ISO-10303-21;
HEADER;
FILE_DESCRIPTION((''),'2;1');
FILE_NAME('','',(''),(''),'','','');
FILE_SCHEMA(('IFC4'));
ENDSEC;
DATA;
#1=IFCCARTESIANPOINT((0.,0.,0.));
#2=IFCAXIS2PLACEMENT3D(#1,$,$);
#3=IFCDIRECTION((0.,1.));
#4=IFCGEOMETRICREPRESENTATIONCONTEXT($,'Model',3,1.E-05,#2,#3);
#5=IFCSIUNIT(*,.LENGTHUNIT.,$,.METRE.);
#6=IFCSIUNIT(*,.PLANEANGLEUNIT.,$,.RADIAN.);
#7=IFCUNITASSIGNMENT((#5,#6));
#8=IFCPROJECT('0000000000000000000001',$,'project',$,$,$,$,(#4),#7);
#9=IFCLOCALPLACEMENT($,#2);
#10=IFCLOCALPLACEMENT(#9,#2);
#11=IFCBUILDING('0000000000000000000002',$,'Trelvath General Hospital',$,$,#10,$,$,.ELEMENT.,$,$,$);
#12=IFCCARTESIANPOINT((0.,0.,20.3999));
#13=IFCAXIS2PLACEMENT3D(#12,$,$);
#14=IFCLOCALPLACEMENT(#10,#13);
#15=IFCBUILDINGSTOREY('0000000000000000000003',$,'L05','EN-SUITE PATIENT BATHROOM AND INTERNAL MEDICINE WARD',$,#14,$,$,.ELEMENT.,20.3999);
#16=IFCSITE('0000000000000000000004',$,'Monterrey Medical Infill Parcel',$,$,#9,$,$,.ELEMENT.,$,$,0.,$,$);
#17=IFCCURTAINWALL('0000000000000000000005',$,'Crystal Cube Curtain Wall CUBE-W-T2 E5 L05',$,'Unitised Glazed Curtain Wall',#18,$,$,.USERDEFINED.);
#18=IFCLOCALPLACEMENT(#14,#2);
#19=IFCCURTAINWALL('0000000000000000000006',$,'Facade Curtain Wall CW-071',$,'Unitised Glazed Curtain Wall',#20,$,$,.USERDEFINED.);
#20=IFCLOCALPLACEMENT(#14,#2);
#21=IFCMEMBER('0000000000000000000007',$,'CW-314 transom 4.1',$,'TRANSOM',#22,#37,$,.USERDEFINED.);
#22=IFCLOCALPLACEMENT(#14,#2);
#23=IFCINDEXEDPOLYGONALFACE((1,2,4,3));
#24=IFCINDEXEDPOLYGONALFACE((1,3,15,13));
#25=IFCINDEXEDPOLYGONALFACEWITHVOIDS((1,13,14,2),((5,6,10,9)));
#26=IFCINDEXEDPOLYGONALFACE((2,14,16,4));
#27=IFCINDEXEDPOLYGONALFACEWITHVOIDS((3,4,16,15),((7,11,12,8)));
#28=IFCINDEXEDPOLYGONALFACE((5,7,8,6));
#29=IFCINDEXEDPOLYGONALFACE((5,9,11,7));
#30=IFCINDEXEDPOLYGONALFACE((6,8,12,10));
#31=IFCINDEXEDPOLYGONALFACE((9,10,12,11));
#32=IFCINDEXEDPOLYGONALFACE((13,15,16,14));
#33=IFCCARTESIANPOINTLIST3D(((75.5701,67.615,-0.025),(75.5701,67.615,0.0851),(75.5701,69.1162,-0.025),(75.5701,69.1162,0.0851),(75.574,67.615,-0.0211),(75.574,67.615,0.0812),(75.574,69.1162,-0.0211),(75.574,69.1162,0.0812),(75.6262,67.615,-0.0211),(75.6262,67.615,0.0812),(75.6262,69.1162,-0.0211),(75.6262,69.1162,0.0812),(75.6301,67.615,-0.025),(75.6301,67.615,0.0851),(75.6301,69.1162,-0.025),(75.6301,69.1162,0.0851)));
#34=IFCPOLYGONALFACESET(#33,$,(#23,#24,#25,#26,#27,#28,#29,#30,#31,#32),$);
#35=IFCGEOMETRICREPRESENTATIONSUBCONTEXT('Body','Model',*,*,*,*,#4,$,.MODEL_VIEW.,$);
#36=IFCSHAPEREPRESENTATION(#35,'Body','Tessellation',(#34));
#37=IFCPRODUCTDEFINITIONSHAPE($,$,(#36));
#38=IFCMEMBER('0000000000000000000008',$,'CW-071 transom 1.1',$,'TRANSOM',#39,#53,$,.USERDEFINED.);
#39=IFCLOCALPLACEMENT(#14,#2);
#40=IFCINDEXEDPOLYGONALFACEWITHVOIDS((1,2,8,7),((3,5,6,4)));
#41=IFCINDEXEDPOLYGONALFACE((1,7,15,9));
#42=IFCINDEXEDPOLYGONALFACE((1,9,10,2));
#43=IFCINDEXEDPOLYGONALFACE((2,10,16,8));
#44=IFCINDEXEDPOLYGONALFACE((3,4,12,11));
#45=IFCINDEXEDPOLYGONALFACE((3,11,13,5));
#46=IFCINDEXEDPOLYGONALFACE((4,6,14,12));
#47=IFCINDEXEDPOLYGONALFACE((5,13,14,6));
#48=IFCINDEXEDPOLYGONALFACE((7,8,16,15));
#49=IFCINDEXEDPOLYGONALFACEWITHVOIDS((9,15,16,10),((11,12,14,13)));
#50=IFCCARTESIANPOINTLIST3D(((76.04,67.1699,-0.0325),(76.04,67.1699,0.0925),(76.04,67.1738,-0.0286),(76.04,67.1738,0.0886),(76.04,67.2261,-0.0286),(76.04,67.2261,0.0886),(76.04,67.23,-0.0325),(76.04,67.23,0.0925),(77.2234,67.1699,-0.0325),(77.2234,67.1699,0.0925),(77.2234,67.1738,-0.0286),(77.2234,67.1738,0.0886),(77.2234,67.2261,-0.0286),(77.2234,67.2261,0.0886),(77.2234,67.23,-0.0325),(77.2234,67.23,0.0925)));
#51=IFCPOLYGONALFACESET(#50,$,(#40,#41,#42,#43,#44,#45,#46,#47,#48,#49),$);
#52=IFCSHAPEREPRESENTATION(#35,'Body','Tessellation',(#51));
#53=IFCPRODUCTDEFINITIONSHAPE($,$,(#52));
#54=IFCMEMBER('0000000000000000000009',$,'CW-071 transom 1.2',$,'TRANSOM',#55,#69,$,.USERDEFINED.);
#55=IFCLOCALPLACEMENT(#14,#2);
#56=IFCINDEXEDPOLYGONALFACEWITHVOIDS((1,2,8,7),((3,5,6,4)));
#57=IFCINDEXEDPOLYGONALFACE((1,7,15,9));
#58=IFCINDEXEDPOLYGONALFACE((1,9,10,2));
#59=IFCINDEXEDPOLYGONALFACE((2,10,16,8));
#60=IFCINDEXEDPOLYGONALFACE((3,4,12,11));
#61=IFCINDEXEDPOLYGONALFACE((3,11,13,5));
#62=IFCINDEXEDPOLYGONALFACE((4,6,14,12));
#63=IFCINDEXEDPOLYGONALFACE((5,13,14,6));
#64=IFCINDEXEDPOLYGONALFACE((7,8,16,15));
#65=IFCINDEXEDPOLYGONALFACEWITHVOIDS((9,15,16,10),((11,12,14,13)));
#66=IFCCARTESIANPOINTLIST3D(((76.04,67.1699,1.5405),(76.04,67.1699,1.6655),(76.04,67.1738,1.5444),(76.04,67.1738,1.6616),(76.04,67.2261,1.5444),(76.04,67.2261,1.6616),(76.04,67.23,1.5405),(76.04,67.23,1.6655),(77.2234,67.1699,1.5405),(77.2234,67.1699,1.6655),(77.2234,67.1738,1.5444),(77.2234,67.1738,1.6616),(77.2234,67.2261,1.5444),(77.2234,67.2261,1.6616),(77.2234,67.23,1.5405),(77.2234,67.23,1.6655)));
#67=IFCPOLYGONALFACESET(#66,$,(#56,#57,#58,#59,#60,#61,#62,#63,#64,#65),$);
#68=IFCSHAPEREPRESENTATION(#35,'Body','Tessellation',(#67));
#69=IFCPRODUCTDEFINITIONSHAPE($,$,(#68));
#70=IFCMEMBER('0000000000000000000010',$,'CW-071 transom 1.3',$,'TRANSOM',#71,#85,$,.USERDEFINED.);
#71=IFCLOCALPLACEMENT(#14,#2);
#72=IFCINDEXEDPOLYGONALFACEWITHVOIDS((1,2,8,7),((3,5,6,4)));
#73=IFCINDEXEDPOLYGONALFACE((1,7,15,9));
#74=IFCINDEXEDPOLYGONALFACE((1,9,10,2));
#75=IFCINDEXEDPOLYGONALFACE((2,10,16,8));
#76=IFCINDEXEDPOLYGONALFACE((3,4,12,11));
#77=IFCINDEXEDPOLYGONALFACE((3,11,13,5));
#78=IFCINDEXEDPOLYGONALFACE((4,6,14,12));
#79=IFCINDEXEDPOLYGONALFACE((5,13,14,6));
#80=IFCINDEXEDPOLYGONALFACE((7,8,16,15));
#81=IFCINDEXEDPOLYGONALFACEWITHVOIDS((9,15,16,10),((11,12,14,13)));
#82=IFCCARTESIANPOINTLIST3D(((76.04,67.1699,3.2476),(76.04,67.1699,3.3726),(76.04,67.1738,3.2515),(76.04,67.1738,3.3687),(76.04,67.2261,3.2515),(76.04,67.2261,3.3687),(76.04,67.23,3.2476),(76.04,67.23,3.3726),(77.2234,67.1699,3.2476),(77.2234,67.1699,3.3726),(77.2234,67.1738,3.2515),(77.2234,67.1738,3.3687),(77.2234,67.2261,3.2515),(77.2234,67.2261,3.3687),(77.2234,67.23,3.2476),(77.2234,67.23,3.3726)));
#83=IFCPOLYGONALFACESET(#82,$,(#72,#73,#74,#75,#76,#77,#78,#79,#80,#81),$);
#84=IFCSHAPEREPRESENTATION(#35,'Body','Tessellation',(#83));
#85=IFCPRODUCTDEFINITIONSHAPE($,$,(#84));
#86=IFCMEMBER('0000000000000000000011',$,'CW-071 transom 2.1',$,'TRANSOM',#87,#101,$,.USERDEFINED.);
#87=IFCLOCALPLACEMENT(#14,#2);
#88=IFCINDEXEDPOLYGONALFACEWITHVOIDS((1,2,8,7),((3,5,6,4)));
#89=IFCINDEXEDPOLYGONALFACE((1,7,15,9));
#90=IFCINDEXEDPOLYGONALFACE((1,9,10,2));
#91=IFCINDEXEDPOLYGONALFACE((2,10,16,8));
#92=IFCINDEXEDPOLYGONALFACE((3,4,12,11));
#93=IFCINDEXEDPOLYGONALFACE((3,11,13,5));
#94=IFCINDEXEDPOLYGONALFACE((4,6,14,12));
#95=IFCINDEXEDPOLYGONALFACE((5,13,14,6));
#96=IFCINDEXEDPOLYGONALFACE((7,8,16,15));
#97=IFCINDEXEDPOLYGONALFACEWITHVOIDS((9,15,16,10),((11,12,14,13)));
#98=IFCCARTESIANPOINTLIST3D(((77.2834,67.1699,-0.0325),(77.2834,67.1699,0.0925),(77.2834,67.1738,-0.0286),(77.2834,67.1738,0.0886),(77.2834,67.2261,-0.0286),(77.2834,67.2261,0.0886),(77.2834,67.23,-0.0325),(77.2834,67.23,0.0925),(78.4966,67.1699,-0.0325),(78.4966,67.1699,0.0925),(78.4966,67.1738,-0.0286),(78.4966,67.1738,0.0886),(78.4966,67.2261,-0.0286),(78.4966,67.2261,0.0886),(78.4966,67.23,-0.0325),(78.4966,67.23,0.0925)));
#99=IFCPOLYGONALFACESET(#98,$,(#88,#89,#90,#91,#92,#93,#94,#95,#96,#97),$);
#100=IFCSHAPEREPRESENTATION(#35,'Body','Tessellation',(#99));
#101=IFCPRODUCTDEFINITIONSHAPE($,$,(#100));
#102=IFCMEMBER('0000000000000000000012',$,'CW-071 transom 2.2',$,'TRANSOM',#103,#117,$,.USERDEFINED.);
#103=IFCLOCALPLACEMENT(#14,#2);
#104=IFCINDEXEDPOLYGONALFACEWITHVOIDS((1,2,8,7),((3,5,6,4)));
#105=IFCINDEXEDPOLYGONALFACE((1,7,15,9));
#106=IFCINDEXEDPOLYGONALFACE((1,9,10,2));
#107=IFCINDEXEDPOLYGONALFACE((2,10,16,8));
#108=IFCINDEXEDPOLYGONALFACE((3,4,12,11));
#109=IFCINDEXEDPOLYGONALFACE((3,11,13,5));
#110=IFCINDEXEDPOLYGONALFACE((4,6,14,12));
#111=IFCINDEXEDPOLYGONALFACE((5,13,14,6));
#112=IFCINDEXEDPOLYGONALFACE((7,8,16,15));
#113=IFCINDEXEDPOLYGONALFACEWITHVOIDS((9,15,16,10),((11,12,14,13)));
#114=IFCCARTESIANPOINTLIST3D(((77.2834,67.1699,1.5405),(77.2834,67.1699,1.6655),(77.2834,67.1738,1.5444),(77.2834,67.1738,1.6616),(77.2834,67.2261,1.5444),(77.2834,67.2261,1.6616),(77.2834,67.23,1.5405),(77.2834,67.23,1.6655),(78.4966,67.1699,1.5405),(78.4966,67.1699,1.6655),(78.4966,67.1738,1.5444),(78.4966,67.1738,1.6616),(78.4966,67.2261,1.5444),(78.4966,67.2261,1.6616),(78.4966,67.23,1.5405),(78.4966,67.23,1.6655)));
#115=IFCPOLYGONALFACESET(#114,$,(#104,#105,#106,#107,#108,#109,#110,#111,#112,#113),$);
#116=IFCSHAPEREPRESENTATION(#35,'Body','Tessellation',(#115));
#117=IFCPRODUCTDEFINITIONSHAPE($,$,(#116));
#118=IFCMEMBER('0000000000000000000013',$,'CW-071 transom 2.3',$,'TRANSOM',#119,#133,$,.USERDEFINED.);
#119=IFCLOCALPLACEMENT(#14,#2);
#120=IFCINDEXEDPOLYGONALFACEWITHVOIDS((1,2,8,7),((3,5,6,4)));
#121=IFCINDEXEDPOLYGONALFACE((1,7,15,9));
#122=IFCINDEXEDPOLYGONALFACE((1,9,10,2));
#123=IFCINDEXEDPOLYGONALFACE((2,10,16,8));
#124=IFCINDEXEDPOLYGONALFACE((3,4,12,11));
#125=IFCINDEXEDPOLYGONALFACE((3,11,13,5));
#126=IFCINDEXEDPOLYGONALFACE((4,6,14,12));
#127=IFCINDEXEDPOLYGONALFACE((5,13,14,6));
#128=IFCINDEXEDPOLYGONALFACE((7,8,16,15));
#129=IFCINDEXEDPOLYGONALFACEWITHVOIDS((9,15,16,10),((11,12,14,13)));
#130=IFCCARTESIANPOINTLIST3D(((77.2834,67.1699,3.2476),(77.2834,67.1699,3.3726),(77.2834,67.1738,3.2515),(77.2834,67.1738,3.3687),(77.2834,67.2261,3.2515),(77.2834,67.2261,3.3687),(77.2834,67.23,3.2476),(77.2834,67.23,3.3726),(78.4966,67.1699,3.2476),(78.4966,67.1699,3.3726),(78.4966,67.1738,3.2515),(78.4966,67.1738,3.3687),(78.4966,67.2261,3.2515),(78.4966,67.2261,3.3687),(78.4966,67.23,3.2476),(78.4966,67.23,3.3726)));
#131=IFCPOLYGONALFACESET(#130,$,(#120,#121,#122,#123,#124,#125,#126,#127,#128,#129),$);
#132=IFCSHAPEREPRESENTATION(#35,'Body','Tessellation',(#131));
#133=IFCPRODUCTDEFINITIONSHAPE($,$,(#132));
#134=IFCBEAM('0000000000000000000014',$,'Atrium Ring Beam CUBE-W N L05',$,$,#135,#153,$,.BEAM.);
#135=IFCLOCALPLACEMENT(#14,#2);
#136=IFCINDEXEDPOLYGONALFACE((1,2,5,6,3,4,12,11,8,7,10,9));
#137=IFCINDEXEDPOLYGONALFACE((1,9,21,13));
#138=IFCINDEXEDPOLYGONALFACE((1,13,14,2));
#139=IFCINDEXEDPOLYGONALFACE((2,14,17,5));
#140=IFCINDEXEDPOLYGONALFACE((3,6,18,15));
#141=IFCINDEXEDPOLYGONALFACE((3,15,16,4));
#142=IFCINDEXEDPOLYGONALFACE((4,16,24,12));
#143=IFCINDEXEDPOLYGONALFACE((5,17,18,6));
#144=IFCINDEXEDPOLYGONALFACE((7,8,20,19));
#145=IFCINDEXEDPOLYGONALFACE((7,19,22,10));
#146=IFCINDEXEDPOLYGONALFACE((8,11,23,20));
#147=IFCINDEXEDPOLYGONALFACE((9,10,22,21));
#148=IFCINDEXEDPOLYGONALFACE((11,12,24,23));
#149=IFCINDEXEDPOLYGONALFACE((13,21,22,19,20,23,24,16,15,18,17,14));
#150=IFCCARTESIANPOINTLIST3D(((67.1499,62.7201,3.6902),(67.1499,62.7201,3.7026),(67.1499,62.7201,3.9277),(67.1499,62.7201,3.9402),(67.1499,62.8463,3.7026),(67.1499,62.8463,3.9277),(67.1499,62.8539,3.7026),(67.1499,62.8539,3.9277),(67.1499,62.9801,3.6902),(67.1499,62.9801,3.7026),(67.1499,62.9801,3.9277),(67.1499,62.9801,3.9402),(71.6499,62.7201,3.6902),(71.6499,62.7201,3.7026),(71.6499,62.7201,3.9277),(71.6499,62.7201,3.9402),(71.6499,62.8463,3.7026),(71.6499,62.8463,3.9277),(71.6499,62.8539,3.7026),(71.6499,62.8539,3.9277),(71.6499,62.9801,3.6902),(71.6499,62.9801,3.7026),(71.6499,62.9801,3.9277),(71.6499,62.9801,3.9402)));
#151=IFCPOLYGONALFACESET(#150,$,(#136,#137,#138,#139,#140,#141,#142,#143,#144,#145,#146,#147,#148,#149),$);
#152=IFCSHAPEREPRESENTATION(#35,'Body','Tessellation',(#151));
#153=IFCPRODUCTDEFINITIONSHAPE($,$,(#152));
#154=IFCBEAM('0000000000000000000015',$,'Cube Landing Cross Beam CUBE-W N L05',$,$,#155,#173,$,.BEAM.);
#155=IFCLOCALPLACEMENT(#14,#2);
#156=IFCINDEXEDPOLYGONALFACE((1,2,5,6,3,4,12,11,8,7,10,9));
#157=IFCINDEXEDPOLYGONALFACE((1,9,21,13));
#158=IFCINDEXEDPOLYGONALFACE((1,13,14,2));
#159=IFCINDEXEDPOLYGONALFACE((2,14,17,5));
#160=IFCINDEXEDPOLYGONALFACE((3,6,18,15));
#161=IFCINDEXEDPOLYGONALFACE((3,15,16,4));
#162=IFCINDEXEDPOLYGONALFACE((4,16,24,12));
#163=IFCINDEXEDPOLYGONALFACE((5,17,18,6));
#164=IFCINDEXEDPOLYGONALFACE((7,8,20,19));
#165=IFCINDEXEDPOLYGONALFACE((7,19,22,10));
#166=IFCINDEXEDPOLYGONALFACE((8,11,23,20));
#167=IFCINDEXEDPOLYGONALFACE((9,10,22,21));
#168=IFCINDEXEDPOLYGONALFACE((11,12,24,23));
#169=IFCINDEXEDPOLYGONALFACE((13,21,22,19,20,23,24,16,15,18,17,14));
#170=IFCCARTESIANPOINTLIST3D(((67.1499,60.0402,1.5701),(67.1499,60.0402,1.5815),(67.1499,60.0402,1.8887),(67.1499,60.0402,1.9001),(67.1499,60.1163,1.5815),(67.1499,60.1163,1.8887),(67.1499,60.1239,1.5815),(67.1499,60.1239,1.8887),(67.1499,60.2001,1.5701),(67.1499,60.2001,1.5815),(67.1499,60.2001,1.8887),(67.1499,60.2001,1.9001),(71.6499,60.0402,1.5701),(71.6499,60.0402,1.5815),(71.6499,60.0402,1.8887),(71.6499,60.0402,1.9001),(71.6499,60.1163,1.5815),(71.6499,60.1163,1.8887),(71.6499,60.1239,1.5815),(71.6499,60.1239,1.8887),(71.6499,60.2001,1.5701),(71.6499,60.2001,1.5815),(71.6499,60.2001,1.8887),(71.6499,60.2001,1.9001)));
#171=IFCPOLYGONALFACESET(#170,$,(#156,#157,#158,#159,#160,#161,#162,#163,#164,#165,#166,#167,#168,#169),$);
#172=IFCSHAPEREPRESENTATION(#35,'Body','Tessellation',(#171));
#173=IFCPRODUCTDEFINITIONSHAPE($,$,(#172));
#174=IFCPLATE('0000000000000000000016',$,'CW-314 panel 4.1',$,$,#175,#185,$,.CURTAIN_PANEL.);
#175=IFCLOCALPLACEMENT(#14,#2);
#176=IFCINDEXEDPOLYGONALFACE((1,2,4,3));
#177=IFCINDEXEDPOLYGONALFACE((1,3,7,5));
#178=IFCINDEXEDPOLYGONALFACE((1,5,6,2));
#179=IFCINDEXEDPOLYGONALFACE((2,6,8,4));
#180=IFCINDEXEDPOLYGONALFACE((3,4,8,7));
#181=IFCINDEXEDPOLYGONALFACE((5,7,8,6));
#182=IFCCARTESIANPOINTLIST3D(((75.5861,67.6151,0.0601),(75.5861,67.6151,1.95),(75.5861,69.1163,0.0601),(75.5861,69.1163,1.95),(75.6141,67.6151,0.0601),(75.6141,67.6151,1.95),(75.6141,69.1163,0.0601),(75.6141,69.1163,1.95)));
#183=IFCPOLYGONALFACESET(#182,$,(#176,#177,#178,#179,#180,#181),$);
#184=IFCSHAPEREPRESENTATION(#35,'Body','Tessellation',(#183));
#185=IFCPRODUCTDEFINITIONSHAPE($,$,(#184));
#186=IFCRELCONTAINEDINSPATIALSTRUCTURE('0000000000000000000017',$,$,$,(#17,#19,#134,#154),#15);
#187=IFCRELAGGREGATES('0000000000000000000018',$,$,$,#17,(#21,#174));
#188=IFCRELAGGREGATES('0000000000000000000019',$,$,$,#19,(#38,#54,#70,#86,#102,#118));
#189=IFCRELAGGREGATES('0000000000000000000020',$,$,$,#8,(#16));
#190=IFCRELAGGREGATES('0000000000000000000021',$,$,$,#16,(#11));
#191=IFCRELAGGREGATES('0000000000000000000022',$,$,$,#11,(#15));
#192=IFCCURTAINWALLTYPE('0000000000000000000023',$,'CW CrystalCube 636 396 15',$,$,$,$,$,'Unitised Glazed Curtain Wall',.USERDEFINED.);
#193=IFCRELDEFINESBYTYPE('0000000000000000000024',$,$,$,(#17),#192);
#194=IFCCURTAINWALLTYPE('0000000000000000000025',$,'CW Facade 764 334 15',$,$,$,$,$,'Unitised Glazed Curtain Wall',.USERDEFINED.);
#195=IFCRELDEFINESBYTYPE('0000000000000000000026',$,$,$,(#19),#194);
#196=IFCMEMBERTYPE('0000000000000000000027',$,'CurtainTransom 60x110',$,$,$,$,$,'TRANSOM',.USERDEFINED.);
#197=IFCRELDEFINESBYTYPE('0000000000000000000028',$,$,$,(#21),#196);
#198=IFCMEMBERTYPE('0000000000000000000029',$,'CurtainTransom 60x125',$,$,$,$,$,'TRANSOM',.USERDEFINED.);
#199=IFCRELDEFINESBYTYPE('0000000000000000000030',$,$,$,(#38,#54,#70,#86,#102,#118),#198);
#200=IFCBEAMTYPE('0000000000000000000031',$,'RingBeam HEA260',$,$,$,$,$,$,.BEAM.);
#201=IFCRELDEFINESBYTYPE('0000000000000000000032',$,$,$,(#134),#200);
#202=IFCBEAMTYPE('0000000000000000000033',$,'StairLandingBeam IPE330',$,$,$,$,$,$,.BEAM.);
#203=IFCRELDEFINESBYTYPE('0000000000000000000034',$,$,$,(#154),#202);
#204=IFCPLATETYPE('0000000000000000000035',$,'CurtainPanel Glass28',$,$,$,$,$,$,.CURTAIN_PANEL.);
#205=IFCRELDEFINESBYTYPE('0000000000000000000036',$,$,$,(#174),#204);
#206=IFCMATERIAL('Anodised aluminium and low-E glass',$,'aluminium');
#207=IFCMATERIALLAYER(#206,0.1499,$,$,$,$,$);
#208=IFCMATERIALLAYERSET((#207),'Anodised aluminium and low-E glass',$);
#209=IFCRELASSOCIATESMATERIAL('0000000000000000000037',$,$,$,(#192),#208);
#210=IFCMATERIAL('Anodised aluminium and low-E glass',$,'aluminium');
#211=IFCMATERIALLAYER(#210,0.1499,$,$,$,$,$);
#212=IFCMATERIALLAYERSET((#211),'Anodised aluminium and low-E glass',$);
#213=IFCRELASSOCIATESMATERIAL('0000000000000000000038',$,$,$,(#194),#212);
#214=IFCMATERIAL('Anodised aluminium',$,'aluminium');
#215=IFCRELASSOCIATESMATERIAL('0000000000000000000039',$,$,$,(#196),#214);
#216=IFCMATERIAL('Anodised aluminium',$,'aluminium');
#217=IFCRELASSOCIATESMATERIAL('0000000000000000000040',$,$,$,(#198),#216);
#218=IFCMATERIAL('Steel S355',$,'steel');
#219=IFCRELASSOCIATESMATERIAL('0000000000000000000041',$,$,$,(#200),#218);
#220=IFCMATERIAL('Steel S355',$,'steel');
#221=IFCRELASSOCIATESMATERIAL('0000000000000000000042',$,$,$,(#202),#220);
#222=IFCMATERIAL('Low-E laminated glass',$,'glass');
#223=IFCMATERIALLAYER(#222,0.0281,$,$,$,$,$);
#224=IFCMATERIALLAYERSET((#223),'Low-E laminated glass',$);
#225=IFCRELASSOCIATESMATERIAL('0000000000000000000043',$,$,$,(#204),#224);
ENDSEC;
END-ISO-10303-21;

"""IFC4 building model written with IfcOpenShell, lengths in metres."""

from ifc_helpers import new_model, si_unit, direction, frame, origin, origin_2d, place, context, subcontext, project, spatial, rectangle, hollow_rectangle, i_section, extrude, material, layer, layer_set, material_profile, profile_set, type_object, element, aggregate, save


model = new_model("IFC4")

# Units and contexts
model_context = context("Model", 3, precision=1e-05, world=origin(), true_north=direction((0.0, 1.0)))
body_context = subcontext(model_context, "Body", "Model", "MODEL_VIEW")
ifc_project = project(units=[si_unit("LENGTHUNIT", "METRE"), si_unit("PLANEANGLEUNIT", "RADIAN")], contexts=[model_context])

# Site, building, storey
site_placement = place(None, origin())
site = spatial("IfcSite", under=ifc_project, at=site_placement, Name="Monterrey Medical Infill Parcel", CompositionType="ELEMENT", RefElevation=0.0)
building_placement = place(site_placement, origin())
building = spatial("IfcBuilding", under=site, at=building_placement, Name="Trelvath General Hospital", CompositionType="ELEMENT")
storey_placement = place(building_placement, frame((0.0, 0.0, 20.3999)))
storey = spatial("IfcBuildingStorey", under=building, at=storey_placement, Name="L05", Description="EN-SUITE PATIENT BATHROOM AND INTERNAL MEDICINE WARD", CompositionType="ELEMENT", Elevation=20.3999)

# Curtain wall
ifc_material_1 = material(Name="Anodised aluminium and low-E glass", Category="aluminium")
ifc_layer_1 = layer(ifc_material_1, 0.1499)
ifc_layer_set_1 = layer_set([ifc_layer_1], Name="Anodised aluminium and low-E glass")
curtain_wall_type_1 = type_object("IfcCurtainWallType", Name="CW CrystalCube 636 396 15", ElementType="Unitised Glazed Curtain Wall", PredefinedType="USERDEFINED", material=ifc_layer_set_1)
curtain_wall_1_placement = place(storey_placement, origin())
curtain_wall_1 = element("IfcCurtainWall", 1, at=curtain_wall_1_placement, inside=storey, type_object=curtain_wall_type_1, Name="Crystal Cube Curtain Wall CUBE-W-T2 E5 L05", ObjectType="Unitised Glazed Curtain Wall", PredefinedType="USERDEFINED")

# Curtain wall
ifc_material_2 = material(Name="Anodised aluminium and low-E glass", Category="aluminium")
ifc_layer_2 = layer(ifc_material_2, 0.1499)
ifc_layer_set_2 = layer_set([ifc_layer_2], Name="Anodised aluminium and low-E glass")
curtain_wall_type_2 = type_object("IfcCurtainWallType", Name="CW Facade 764 334 15", ElementType="Unitised Glazed Curtain Wall", PredefinedType="USERDEFINED", material=ifc_layer_set_2)
curtain_wall_2_placement = place(storey_placement, origin())
curtain_wall_2 = element("IfcCurtainWall", 2, at=curtain_wall_2_placement, inside=storey, type_object=curtain_wall_type_2, Name="Facade Curtain Wall CW-071", ObjectType="Unitised Glazed Curtain Wall", PredefinedType="USERDEFINED")

# Members
ifc_material_3 = material(Name="Anodised aluminium", Category="aluminium")
ifc_material_profile_1 = material_profile(ifc_material_3, hollow_rectangle(XDim=0.0601, YDim=0.1101, WallThickness=0.0039, at=origin_2d()), Name="RHS60x110x4")
ifc_profile_set_1 = profile_set([ifc_material_profile_1], Name="Anodised aluminium")
member_type_1 = type_object("IfcMemberType", Name="CurtainTransom 60x110", ElementType="TRANSOM", PredefinedType="USERDEFINED", material=ifc_profile_set_1)
member_1_placement = place(storey_placement, frame((75.6001, 69.1162, 0.03), z_axis=(0.0, -1.0, 0.0), x_axis=(1.0, 0.0, 0.0)))
member_1 = element("IfcMember", 3, at=member_1_placement, type_object=member_type_1, Name="CW-314 transom 4.1", ObjectType="TRANSOM", PredefinedType="USERDEFINED", context=body_context, shape_type="SweptSolid", body=[
    extrude(hollow_rectangle(XDim=0.0601, YDim=0.1101, WallThickness=0.0039, at=origin_2d()), origin(), (0.0, 0.0, 1.0), 1.5012),
])
ifc_material_4 = material(Name="Anodised aluminium", Category="aluminium")
ifc_material_profile_2 = material_profile(ifc_material_4, hollow_rectangle(XDim=0.0601, YDim=0.125, WallThickness=0.0039, at=origin_2d()), Name="RHS60x125x4")
ifc_profile_set_2 = profile_set([ifc_material_profile_2], Name="Anodised aluminium")
member_type_2 = type_object("IfcMemberType", Name="CurtainTransom 60x125", ElementType="TRANSOM", PredefinedType="USERDEFINED", material=ifc_profile_set_2)
member_2_placement = place(storey_placement, frame((76.04, 67.2, 0.03), z_axis=(1.0, 0.0, 0.0), x_axis=(0.0, 1.0, 0.0)))
member_2 = element("IfcMember", 4, at=member_2_placement, type_object=member_type_2, Name="CW-071 transom 1.1", ObjectType="TRANSOM", PredefinedType="USERDEFINED", context=body_context, shape_type="SweptSolid", body=[
    extrude(hollow_rectangle(XDim=0.0601, YDim=0.125, WallThickness=0.0039, at=origin_2d()), origin(), (0.0, 0.0, 1.0), 1.1833),
])
member_3_placement = place(storey_placement, frame((76.04, 67.2, 1.603), z_axis=(1.0, 0.0, 0.0), x_axis=(0.0, 1.0, 0.0)))
member_3 = element("IfcMember", 5, at=member_3_placement, type_object=member_type_2, Name="CW-071 transom 1.2", ObjectType="TRANSOM", PredefinedType="USERDEFINED", context=body_context, shape_type="SweptSolid", body=[
    extrude(hollow_rectangle(XDim=0.0601, YDim=0.125, WallThickness=0.0039, at=origin_2d()), origin(), (0.0, 0.0, 1.0), 1.1833),
])
member_4_placement = place(storey_placement, frame((76.04, 67.2, 3.3101), z_axis=(1.0, 0.0, 0.0), x_axis=(0.0, 1.0, 0.0)))
member_4 = element("IfcMember", 6, at=member_4_placement, type_object=member_type_2, Name="CW-071 transom 1.3", ObjectType="TRANSOM", PredefinedType="USERDEFINED", context=body_context, shape_type="SweptSolid", body=[
    extrude(hollow_rectangle(XDim=0.0601, YDim=0.125, WallThickness=0.0039, at=origin_2d()), origin(), (0.0, 0.0, 1.0), 1.1833),
])
member_5_placement = place(storey_placement, frame((77.2834, 67.2, 0.03), z_axis=(1.0, 0.0, 0.0), x_axis=(0.0, 1.0, 0.0)))
member_5 = element("IfcMember", 7, at=member_5_placement, type_object=member_type_2, Name="CW-071 transom 2.1", ObjectType="TRANSOM", PredefinedType="USERDEFINED", context=body_context, shape_type="SweptSolid", body=[
    extrude(hollow_rectangle(XDim=0.0601, YDim=0.125, WallThickness=0.0039, at=origin_2d()), origin(), (0.0, 0.0, 1.0), 1.2131),
])
member_6_placement = place(storey_placement, frame((77.2834, 67.2, 1.603), z_axis=(1.0, 0.0, 0.0), x_axis=(0.0, 1.0, 0.0)))
member_6 = element("IfcMember", 8, at=member_6_placement, type_object=member_type_2, Name="CW-071 transom 2.2", ObjectType="TRANSOM", PredefinedType="USERDEFINED", context=body_context, shape_type="SweptSolid", body=[
    extrude(hollow_rectangle(XDim=0.0601, YDim=0.125, WallThickness=0.0039, at=origin_2d()), origin(), (0.0, 0.0, 1.0), 1.2131),
])
member_7_placement = place(storey_placement, frame((77.2834, 67.2, 3.3101), z_axis=(1.0, 0.0, 0.0), x_axis=(0.0, 1.0, 0.0)))
member_7 = element("IfcMember", 9, at=member_7_placement, type_object=member_type_2, Name="CW-071 transom 2.3", ObjectType="TRANSOM", PredefinedType="USERDEFINED", context=body_context, shape_type="SweptSolid", body=[
    extrude(hollow_rectangle(XDim=0.0601, YDim=0.125, WallThickness=0.0039, at=origin_2d()), origin(), (0.0, 0.0, 1.0), 1.2131),
])

# Beams
ifc_material_5 = material(Name="Steel S355", Category="steel")
ifc_material_profile_3 = material_profile(ifc_material_5, i_section(OverallWidth=0.26, OverallDepth=0.25, WebThickness=0.0076, FlangeThickness=0.0125, at=origin_2d()), Name="HEA260")
ifc_profile_set_3 = profile_set([ifc_material_profile_3], Name="Steel S355")
beam_type_1 = type_object("IfcBeamType", Name="RingBeam HEA260", PredefinedType="BEAM", material=ifc_profile_set_3)
beam_1_placement = place(storey_placement, frame((67.1499, 62.8501, 3.8152), z_axis=(1.0, 0.0, 0.0), x_axis=(0.0, 1.0, 0.0)))
element("IfcBeam", 10, at=beam_1_placement, inside=storey, type_object=beam_type_1, Name="Atrium Ring Beam CUBE-W N L05", PredefinedType="BEAM", context=body_context, shape_type="SweptSolid", body=[
    extrude(i_section(OverallWidth=0.26, OverallDepth=0.25, WebThickness=0.0076, FlangeThickness=0.0125, at=origin_2d()), origin(), (0.0, 0.0, 1.0), 4.5),
])
ifc_material_6 = material(Name="Steel S355", Category="steel")
ifc_material_profile_4 = material_profile(ifc_material_6, i_section(OverallWidth=0.1599, OverallDepth=0.3301, WebThickness=0.0076, FlangeThickness=0.0115, at=origin_2d()), Name="IPE330")
ifc_profile_set_4 = profile_set([ifc_material_profile_4], Name="Steel S355")
beam_type_2 = type_object("IfcBeamType", Name="StairLandingBeam IPE330", PredefinedType="BEAM", material=ifc_profile_set_4)
beam_2_placement = place(storey_placement, frame((67.1499, 60.1201, 1.7351), z_axis=(1.0, 0.0, 0.0), x_axis=(0.0, 1.0, 0.0)))
element("IfcBeam", 11, at=beam_2_placement, inside=storey, type_object=beam_type_2, Name="Cube Landing Cross Beam CUBE-W N L05", PredefinedType="BEAM", context=body_context, shape_type="SweptSolid", body=[
    extrude(i_section(OverallWidth=0.1599, OverallDepth=0.3301, WebThickness=0.0076, FlangeThickness=0.0115, at=origin_2d()), origin(), (0.0, 0.0, 1.0), 4.5),
])

# Plate
ifc_material_7 = material(Name="Low-E laminated glass", Category="glass")
ifc_layer_3 = layer(ifc_material_7, 0.0281)
ifc_layer_set_3 = layer_set([ifc_layer_3], Name="Low-E laminated glass")
plate_type_1 = type_object("IfcPlateType", Name="CurtainPanel Glass28", PredefinedType="CURTAIN_PANEL", material=ifc_layer_set_3)
plate_1_placement = place(storey_placement, frame((75.6001, 68.3657, 0.0601), z_axis=(0.0, 0.0, 1.0), x_axis=(0.0, -1.0, 0.0)))
plate_1 = element("IfcPlate", 12, at=plate_1_placement, type_object=plate_type_1, Name="CW-314 panel 4.1", PredefinedType="CURTAIN_PANEL", context=body_context, shape_type="SweptSolid", body=[
    extrude(rectangle(XDim=1.5012, YDim=0.0281, at=origin_2d()), origin(), (0.0, 0.0, 1.0), 1.8899),
])
aggregate(curtain_wall_1, [member_1, plate_1])
aggregate(curtain_wall_2, [member_2, member_3, member_4, member_5, member_6, member_7])

save(model, "model.ifc")
